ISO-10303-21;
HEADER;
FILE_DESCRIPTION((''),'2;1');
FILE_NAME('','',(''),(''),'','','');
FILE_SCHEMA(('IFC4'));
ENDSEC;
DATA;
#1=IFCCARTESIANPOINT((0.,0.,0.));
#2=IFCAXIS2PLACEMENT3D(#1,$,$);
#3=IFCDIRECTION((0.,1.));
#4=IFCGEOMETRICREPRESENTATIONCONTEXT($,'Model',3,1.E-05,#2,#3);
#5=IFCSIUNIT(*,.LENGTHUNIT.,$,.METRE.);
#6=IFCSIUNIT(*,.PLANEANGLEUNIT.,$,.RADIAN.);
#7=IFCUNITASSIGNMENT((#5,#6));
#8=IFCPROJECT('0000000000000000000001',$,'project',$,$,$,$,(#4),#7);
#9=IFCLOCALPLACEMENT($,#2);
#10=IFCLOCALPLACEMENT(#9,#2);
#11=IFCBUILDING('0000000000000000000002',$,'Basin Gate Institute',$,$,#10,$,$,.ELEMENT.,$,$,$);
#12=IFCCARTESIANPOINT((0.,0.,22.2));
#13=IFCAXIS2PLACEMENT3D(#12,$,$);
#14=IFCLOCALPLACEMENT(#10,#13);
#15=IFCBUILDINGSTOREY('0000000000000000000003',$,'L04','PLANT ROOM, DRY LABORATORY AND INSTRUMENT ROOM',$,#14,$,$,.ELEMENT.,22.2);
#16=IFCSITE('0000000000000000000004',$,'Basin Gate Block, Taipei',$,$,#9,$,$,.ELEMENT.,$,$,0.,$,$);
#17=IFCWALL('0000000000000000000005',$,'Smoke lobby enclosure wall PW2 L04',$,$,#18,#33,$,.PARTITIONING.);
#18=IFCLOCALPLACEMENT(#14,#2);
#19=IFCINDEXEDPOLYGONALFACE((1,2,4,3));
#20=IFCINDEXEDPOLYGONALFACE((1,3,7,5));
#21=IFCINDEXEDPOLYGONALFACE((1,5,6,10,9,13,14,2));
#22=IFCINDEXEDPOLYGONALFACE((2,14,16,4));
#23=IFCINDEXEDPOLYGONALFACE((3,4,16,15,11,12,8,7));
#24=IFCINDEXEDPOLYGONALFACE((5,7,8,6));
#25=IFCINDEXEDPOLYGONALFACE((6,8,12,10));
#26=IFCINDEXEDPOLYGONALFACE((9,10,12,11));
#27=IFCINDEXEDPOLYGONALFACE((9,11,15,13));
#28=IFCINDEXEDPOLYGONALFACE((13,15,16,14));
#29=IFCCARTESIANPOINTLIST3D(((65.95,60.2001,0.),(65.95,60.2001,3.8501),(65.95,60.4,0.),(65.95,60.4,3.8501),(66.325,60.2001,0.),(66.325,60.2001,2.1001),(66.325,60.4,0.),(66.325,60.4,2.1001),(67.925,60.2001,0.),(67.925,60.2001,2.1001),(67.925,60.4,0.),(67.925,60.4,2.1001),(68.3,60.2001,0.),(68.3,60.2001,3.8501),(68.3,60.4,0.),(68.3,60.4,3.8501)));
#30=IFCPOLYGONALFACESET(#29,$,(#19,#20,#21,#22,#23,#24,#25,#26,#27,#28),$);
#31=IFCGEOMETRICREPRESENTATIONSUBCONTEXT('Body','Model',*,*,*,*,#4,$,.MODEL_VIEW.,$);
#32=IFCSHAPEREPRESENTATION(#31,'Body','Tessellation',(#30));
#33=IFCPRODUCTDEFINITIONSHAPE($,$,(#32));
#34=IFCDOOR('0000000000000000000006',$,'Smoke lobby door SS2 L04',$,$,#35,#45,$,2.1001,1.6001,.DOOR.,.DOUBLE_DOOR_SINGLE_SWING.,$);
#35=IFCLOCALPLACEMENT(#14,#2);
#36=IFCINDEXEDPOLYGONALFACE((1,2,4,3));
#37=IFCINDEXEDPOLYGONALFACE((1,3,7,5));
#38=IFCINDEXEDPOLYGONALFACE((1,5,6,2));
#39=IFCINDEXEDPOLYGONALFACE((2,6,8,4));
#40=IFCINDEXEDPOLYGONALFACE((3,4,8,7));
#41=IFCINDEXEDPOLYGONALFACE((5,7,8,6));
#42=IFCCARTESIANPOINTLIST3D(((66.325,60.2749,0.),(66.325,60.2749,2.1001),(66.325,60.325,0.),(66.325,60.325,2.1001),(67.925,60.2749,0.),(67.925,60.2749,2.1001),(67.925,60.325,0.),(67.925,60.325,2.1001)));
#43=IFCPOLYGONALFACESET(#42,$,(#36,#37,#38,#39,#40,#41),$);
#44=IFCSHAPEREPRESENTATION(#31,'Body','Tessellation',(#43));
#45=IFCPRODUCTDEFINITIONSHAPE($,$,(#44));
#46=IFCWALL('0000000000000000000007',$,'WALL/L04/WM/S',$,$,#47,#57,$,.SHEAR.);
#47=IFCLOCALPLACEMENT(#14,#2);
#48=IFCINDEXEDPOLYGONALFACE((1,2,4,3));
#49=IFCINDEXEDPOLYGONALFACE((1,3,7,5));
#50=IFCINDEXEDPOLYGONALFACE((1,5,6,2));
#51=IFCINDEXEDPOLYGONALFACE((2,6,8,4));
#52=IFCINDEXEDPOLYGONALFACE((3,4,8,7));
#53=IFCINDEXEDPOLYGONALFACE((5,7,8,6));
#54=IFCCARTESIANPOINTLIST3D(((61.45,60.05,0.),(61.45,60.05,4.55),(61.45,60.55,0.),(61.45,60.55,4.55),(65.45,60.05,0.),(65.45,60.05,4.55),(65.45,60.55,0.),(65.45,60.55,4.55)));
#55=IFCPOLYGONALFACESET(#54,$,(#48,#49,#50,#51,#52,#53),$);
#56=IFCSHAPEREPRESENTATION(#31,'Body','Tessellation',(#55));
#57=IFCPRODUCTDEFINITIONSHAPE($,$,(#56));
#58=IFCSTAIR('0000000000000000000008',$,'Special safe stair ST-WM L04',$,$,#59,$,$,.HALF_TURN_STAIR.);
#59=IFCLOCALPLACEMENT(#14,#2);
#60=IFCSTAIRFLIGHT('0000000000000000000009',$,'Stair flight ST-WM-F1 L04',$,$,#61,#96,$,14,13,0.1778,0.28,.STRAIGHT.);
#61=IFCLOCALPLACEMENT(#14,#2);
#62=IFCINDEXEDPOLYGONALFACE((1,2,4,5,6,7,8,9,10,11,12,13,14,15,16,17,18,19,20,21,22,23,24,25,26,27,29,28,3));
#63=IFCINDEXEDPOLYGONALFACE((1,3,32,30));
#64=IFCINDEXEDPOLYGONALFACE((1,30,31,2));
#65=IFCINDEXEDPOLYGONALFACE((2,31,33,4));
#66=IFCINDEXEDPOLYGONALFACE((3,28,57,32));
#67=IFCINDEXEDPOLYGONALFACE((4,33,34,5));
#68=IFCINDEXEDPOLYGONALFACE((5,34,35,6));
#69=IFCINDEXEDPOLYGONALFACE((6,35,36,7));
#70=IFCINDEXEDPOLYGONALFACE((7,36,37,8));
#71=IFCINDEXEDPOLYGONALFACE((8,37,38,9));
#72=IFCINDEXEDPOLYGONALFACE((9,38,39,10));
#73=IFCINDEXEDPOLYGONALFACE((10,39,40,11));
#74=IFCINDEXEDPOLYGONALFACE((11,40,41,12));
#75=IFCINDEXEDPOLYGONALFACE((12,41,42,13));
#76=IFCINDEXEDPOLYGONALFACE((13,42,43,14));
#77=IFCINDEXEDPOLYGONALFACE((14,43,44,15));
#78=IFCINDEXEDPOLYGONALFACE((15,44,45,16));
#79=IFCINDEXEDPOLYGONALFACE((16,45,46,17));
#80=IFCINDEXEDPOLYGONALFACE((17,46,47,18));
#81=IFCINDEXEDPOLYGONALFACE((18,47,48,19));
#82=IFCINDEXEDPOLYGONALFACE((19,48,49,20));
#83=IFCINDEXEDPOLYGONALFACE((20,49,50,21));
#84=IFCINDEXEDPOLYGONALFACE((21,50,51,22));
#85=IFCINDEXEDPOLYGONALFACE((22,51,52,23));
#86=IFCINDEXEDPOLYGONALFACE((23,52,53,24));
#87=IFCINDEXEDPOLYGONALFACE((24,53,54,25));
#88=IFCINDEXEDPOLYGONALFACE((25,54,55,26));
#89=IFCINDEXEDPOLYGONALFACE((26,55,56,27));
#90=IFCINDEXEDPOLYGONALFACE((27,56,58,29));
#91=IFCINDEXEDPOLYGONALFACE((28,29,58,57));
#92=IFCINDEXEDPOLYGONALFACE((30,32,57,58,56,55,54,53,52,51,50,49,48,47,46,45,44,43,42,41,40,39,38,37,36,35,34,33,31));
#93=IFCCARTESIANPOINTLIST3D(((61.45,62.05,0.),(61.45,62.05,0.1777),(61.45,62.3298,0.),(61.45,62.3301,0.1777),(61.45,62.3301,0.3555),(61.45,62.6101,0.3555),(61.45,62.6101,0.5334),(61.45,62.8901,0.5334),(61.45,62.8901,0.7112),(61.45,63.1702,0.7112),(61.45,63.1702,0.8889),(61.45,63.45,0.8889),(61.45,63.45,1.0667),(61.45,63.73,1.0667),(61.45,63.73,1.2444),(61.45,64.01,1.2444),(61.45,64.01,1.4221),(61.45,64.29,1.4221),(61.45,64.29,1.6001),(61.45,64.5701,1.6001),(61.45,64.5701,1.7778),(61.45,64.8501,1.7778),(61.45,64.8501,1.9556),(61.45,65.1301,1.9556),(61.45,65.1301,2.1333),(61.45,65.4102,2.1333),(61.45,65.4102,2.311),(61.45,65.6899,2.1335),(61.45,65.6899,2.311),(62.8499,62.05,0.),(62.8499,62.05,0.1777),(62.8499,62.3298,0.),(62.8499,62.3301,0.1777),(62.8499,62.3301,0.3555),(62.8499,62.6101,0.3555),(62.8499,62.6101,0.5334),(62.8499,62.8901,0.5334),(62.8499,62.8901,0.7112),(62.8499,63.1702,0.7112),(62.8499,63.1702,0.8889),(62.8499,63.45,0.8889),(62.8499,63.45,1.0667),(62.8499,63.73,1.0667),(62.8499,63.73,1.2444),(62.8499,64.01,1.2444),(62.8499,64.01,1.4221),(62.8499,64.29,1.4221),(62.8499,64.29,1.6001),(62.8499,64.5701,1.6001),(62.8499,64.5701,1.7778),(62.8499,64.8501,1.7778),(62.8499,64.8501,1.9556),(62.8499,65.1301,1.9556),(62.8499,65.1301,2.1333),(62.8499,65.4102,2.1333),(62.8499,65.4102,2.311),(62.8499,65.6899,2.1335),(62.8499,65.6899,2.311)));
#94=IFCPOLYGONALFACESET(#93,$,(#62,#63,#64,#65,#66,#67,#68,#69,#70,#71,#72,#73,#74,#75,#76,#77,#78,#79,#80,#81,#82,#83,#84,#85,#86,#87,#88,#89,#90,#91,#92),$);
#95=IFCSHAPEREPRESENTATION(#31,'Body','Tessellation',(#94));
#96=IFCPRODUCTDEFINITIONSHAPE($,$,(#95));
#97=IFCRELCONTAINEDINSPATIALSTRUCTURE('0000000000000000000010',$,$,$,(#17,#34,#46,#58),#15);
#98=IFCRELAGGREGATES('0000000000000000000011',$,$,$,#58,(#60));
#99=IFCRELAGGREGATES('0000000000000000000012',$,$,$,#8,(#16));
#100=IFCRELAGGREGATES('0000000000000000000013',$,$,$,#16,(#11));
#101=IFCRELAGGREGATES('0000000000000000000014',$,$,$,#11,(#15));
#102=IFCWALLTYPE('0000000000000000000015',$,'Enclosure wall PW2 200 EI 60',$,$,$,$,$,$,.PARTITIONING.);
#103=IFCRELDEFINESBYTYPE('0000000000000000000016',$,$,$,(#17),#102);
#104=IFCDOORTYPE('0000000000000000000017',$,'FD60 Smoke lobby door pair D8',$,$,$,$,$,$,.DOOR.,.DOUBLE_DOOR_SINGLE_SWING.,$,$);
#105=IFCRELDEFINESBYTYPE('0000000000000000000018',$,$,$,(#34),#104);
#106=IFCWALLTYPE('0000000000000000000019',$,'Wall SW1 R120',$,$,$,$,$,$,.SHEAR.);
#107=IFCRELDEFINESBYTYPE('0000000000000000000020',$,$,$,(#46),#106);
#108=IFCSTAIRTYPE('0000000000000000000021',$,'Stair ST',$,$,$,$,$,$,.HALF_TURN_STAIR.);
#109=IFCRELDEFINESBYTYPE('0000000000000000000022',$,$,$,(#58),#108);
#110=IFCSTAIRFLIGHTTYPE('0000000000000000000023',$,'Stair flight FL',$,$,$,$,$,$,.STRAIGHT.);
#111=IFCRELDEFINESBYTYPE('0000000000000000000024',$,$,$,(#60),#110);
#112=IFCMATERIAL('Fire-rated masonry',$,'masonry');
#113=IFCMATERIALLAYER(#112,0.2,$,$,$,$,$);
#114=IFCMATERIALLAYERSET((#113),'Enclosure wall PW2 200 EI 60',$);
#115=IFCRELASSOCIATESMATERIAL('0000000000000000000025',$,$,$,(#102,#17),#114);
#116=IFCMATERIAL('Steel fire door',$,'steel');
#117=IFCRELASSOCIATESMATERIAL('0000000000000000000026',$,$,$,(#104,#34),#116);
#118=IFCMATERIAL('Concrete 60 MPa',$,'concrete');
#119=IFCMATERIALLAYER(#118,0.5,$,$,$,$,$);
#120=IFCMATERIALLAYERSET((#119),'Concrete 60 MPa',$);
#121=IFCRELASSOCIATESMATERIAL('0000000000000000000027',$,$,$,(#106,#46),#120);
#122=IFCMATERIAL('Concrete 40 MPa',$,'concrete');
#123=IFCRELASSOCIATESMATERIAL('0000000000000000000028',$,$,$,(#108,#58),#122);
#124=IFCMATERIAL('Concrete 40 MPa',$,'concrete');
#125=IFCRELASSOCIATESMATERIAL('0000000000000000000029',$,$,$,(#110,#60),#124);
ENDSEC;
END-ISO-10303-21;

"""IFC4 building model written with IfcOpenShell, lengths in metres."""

from ifc_helpers import new_model, si_unit, direction, frame, frame_2d, origin, place, context, subcontext, project, spatial, polyline, rectangle, outline, extrude, material, layer, layer_set, type_object, element, fill, aggregate, save


model = new_model("IFC4")

# Units and contexts
model_context = context("Model", 3, precision=1e-05, world=origin(), true_north=direction((0.0, 1.0)))
body_context = subcontext(model_context, "Body", "Model", "MODEL_VIEW")
ifc_project = project(units=[si_unit("LENGTHUNIT", "METRE"), si_unit("PLANEANGLEUNIT", "RADIAN")], contexts=[model_context])

# Site, building, storey
site_placement = place(None, origin())
site = spatial("IfcSite", under=ifc_project, at=site_placement, Name="Basin Gate Block, Taipei", CompositionType="ELEMENT", RefElevation=0.0)
building_placement = place(site_placement, origin())
building = spatial("IfcBuilding", under=site, at=building_placement, Name="Basin Gate Institute", CompositionType="ELEMENT")
storey_placement = place(building_placement, frame((0.0, 0.0, 22.2)))
storey = spatial("IfcBuildingStorey", under=building, at=storey_placement, Name="L04", Description="PLANT ROOM, DRY LABORATORY AND INSTRUMENT ROOM", CompositionType="ELEMENT", Elevation=22.2)

# Wall, opening, door
ifc_material_1 = material(Name="Fire-rated masonry", Category="masonry")
ifc_layer_1 = layer(ifc_material_1, 0.2)
ifc_layer_set_1 = layer_set([ifc_layer_1], Name="Enclosure wall PW2 200 EI 60")
wall_type_1 = type_object("IfcWallType", Name="Enclosure wall PW2 200 EI 60", PredefinedType="PARTITIONING", material=ifc_layer_set_1)
wall_1_placement = place(storey_placement, frame((65.95, 60.3, 0.0), z_axis=(0.0, 0.0, 1.0), x_axis=(1.0, 0.0, 0.0)))
wall_1 = element("IfcWall", 1, at=wall_1_placement, inside=storey, type_object=wall_type_1, material=ifc_layer_set_1, Name="Smoke lobby enclosure wall PW2 L04", PredefinedType="PARTITIONING", context=body_context, shape_type="SweptSolid", body=[
    extrude(rectangle(XDim=2.3501, YDim=0.2, at=frame_2d((1.175, 0.0))), origin(), (0.0, 0.0, 1.0), 3.8501),
])
opening_placement = place(wall_1_placement, frame((0.375, 0.0, 0.0)))
opening = element("IfcOpeningElement", 2, at=opening_placement, cuts=wall_1, PredefinedType="OPENING", context=body_context, shape_type="SweptSolid", body=[
    extrude(rectangle(XDim=1.6001, YDim=2.1001, at=frame_2d((0.8, 1.05))), frame((0.0, 0.1099, 0.0), z_axis=(0.0, -1.0, 0.0), x_axis=(1.0, 0.0, 0.0)), (0.0, 0.0, 1.0), 0.22),
])
ifc_material_2 = material(Name="Steel fire door", Category="steel")
door_type = type_object("IfcDoorType", Name="FD60 Smoke lobby door pair D8", OperationType="DOUBLE_DOOR_SINGLE_SWING", PredefinedType="DOOR", material=ifc_material_2)
door_placement = place(opening_placement, origin())
door = element("IfcDoor", 3, at=door_placement, inside=storey, type_object=door_type, material=ifc_material_2, Name="Smoke lobby door SS2 L04", OperationType="DOUBLE_DOOR_SINGLE_SWING", OverallHeight=2.1001, OverallWidth=1.6001, PredefinedType="DOOR", context=body_context, shape_type="SweptSolid", body=[
    extrude(rectangle(XDim=1.6001, YDim=2.1001, at=frame_2d((0.8, 1.05))), frame((0.0, 0.0249, 0.0), z_axis=(0.0, -1.0, 0.0), x_axis=(1.0, 0.0, 0.0)), (0.0, 0.0, 1.0), 0.05),
])
fill(opening, door)

# Wall
ifc_material_3 = material(Name="Concrete 60 MPa", Category="concrete")
ifc_layer_2 = layer(ifc_material_3, 0.5)
ifc_layer_set_2 = layer_set([ifc_layer_2], Name="Concrete 60 MPa")
wall_type_2 = type_object("IfcWallType", Name="Wall SW1 R120", PredefinedType="SHEAR", material=ifc_layer_set_2)
wall_2_placement = place(storey_placement, frame((61.45, 60.3, 0.0), z_axis=(0.0, 0.0, 1.0), x_axis=(1.0, 0.0, 0.0)))
element("IfcWall", 4, at=wall_2_placement, inside=storey, type_object=wall_type_2, material=ifc_layer_set_2, Name="WALL/L04/WM/S", PredefinedType="SHEAR", context=body_context, shape_type="SweptSolid", body=[
    extrude(rectangle(XDim=4.0, YDim=0.5, at=frame_2d((2.0, 0.0))), origin(), (0.0, 0.0, 1.0), 4.55),
])

# Stair, stair flight
ifc_material_4 = material(Name="Concrete 40 MPa", Category="concrete")
stair_type = type_object("IfcStairType", Name="Stair ST", PredefinedType="HALF_TURN_STAIR", material=ifc_material_4)
stair_placement = place(storey_placement, origin())
stair = element("IfcStair", 5, at=stair_placement, inside=storey, type_object=stair_type, material=ifc_material_4, Name="Special safe stair ST-WM L04", PredefinedType="HALF_TURN_STAIR")
ifc_material_5 = material(Name="Concrete 40 MPa", Category="concrete")
stair_flight_type = type_object("IfcStairFlightType", Name="Stair flight FL", PredefinedType="STRAIGHT", material=ifc_material_5)
stair_flight_placement = place(storey_placement, frame((62.1499, 62.05, 0.0), z_axis=(0.0, 0.0, 1.0), x_axis=(0.0, 1.0, 0.0)))
stair_flight = element("IfcStairFlight", 6, at=stair_flight_placement, type_object=stair_flight_type, material=ifc_material_5, Name="Stair flight ST-WM-F1 L04", NumberOfRisers=14, NumberOfTreads=13, PredefinedType="STRAIGHT", RiserHeight=0.1778, TreadLength=0.28, context=body_context, shape_type="SweptSolid", body=[
    extrude(outline(polyline([(0.0, 0.0), (0.0, 0.1777), (0.28, 0.1777), (0.28, 0.3555), (0.5601, 0.3555), (0.5601, 0.5334), (0.8401, 0.5334), (0.8401, 0.7112), (1.1201, 0.7112), (1.1201, 0.8889), (1.3999, 0.8889), (1.3999, 1.0667), (1.6799, 1.0667), (1.6799, 1.2444), (1.96, 1.2444), (1.96, 1.4221), (2.24, 1.4221), (2.24, 1.6001), (2.52, 1.6001), (2.52, 1.7778), (2.8, 1.7778), (2.8, 1.9556), (3.0801, 1.9556), (3.0801, 2.1333), (3.3601, 2.1333), (3.3601, 2.311), (3.6399, 2.311), (3.6399, 2.4888), (3.6399, 2.1335), (0.2798, 0.0), (0.0, 0.0)])), frame((0.0, 0.7, 0.0), z_axis=(0.0, -1.0, 0.0), x_axis=(1.0, 0.0, 0.0)), (0.0, 0.0, 1.0), 1.3999),
])
aggregate(stair, [stair_flight])

save(model, "model.ifc")
